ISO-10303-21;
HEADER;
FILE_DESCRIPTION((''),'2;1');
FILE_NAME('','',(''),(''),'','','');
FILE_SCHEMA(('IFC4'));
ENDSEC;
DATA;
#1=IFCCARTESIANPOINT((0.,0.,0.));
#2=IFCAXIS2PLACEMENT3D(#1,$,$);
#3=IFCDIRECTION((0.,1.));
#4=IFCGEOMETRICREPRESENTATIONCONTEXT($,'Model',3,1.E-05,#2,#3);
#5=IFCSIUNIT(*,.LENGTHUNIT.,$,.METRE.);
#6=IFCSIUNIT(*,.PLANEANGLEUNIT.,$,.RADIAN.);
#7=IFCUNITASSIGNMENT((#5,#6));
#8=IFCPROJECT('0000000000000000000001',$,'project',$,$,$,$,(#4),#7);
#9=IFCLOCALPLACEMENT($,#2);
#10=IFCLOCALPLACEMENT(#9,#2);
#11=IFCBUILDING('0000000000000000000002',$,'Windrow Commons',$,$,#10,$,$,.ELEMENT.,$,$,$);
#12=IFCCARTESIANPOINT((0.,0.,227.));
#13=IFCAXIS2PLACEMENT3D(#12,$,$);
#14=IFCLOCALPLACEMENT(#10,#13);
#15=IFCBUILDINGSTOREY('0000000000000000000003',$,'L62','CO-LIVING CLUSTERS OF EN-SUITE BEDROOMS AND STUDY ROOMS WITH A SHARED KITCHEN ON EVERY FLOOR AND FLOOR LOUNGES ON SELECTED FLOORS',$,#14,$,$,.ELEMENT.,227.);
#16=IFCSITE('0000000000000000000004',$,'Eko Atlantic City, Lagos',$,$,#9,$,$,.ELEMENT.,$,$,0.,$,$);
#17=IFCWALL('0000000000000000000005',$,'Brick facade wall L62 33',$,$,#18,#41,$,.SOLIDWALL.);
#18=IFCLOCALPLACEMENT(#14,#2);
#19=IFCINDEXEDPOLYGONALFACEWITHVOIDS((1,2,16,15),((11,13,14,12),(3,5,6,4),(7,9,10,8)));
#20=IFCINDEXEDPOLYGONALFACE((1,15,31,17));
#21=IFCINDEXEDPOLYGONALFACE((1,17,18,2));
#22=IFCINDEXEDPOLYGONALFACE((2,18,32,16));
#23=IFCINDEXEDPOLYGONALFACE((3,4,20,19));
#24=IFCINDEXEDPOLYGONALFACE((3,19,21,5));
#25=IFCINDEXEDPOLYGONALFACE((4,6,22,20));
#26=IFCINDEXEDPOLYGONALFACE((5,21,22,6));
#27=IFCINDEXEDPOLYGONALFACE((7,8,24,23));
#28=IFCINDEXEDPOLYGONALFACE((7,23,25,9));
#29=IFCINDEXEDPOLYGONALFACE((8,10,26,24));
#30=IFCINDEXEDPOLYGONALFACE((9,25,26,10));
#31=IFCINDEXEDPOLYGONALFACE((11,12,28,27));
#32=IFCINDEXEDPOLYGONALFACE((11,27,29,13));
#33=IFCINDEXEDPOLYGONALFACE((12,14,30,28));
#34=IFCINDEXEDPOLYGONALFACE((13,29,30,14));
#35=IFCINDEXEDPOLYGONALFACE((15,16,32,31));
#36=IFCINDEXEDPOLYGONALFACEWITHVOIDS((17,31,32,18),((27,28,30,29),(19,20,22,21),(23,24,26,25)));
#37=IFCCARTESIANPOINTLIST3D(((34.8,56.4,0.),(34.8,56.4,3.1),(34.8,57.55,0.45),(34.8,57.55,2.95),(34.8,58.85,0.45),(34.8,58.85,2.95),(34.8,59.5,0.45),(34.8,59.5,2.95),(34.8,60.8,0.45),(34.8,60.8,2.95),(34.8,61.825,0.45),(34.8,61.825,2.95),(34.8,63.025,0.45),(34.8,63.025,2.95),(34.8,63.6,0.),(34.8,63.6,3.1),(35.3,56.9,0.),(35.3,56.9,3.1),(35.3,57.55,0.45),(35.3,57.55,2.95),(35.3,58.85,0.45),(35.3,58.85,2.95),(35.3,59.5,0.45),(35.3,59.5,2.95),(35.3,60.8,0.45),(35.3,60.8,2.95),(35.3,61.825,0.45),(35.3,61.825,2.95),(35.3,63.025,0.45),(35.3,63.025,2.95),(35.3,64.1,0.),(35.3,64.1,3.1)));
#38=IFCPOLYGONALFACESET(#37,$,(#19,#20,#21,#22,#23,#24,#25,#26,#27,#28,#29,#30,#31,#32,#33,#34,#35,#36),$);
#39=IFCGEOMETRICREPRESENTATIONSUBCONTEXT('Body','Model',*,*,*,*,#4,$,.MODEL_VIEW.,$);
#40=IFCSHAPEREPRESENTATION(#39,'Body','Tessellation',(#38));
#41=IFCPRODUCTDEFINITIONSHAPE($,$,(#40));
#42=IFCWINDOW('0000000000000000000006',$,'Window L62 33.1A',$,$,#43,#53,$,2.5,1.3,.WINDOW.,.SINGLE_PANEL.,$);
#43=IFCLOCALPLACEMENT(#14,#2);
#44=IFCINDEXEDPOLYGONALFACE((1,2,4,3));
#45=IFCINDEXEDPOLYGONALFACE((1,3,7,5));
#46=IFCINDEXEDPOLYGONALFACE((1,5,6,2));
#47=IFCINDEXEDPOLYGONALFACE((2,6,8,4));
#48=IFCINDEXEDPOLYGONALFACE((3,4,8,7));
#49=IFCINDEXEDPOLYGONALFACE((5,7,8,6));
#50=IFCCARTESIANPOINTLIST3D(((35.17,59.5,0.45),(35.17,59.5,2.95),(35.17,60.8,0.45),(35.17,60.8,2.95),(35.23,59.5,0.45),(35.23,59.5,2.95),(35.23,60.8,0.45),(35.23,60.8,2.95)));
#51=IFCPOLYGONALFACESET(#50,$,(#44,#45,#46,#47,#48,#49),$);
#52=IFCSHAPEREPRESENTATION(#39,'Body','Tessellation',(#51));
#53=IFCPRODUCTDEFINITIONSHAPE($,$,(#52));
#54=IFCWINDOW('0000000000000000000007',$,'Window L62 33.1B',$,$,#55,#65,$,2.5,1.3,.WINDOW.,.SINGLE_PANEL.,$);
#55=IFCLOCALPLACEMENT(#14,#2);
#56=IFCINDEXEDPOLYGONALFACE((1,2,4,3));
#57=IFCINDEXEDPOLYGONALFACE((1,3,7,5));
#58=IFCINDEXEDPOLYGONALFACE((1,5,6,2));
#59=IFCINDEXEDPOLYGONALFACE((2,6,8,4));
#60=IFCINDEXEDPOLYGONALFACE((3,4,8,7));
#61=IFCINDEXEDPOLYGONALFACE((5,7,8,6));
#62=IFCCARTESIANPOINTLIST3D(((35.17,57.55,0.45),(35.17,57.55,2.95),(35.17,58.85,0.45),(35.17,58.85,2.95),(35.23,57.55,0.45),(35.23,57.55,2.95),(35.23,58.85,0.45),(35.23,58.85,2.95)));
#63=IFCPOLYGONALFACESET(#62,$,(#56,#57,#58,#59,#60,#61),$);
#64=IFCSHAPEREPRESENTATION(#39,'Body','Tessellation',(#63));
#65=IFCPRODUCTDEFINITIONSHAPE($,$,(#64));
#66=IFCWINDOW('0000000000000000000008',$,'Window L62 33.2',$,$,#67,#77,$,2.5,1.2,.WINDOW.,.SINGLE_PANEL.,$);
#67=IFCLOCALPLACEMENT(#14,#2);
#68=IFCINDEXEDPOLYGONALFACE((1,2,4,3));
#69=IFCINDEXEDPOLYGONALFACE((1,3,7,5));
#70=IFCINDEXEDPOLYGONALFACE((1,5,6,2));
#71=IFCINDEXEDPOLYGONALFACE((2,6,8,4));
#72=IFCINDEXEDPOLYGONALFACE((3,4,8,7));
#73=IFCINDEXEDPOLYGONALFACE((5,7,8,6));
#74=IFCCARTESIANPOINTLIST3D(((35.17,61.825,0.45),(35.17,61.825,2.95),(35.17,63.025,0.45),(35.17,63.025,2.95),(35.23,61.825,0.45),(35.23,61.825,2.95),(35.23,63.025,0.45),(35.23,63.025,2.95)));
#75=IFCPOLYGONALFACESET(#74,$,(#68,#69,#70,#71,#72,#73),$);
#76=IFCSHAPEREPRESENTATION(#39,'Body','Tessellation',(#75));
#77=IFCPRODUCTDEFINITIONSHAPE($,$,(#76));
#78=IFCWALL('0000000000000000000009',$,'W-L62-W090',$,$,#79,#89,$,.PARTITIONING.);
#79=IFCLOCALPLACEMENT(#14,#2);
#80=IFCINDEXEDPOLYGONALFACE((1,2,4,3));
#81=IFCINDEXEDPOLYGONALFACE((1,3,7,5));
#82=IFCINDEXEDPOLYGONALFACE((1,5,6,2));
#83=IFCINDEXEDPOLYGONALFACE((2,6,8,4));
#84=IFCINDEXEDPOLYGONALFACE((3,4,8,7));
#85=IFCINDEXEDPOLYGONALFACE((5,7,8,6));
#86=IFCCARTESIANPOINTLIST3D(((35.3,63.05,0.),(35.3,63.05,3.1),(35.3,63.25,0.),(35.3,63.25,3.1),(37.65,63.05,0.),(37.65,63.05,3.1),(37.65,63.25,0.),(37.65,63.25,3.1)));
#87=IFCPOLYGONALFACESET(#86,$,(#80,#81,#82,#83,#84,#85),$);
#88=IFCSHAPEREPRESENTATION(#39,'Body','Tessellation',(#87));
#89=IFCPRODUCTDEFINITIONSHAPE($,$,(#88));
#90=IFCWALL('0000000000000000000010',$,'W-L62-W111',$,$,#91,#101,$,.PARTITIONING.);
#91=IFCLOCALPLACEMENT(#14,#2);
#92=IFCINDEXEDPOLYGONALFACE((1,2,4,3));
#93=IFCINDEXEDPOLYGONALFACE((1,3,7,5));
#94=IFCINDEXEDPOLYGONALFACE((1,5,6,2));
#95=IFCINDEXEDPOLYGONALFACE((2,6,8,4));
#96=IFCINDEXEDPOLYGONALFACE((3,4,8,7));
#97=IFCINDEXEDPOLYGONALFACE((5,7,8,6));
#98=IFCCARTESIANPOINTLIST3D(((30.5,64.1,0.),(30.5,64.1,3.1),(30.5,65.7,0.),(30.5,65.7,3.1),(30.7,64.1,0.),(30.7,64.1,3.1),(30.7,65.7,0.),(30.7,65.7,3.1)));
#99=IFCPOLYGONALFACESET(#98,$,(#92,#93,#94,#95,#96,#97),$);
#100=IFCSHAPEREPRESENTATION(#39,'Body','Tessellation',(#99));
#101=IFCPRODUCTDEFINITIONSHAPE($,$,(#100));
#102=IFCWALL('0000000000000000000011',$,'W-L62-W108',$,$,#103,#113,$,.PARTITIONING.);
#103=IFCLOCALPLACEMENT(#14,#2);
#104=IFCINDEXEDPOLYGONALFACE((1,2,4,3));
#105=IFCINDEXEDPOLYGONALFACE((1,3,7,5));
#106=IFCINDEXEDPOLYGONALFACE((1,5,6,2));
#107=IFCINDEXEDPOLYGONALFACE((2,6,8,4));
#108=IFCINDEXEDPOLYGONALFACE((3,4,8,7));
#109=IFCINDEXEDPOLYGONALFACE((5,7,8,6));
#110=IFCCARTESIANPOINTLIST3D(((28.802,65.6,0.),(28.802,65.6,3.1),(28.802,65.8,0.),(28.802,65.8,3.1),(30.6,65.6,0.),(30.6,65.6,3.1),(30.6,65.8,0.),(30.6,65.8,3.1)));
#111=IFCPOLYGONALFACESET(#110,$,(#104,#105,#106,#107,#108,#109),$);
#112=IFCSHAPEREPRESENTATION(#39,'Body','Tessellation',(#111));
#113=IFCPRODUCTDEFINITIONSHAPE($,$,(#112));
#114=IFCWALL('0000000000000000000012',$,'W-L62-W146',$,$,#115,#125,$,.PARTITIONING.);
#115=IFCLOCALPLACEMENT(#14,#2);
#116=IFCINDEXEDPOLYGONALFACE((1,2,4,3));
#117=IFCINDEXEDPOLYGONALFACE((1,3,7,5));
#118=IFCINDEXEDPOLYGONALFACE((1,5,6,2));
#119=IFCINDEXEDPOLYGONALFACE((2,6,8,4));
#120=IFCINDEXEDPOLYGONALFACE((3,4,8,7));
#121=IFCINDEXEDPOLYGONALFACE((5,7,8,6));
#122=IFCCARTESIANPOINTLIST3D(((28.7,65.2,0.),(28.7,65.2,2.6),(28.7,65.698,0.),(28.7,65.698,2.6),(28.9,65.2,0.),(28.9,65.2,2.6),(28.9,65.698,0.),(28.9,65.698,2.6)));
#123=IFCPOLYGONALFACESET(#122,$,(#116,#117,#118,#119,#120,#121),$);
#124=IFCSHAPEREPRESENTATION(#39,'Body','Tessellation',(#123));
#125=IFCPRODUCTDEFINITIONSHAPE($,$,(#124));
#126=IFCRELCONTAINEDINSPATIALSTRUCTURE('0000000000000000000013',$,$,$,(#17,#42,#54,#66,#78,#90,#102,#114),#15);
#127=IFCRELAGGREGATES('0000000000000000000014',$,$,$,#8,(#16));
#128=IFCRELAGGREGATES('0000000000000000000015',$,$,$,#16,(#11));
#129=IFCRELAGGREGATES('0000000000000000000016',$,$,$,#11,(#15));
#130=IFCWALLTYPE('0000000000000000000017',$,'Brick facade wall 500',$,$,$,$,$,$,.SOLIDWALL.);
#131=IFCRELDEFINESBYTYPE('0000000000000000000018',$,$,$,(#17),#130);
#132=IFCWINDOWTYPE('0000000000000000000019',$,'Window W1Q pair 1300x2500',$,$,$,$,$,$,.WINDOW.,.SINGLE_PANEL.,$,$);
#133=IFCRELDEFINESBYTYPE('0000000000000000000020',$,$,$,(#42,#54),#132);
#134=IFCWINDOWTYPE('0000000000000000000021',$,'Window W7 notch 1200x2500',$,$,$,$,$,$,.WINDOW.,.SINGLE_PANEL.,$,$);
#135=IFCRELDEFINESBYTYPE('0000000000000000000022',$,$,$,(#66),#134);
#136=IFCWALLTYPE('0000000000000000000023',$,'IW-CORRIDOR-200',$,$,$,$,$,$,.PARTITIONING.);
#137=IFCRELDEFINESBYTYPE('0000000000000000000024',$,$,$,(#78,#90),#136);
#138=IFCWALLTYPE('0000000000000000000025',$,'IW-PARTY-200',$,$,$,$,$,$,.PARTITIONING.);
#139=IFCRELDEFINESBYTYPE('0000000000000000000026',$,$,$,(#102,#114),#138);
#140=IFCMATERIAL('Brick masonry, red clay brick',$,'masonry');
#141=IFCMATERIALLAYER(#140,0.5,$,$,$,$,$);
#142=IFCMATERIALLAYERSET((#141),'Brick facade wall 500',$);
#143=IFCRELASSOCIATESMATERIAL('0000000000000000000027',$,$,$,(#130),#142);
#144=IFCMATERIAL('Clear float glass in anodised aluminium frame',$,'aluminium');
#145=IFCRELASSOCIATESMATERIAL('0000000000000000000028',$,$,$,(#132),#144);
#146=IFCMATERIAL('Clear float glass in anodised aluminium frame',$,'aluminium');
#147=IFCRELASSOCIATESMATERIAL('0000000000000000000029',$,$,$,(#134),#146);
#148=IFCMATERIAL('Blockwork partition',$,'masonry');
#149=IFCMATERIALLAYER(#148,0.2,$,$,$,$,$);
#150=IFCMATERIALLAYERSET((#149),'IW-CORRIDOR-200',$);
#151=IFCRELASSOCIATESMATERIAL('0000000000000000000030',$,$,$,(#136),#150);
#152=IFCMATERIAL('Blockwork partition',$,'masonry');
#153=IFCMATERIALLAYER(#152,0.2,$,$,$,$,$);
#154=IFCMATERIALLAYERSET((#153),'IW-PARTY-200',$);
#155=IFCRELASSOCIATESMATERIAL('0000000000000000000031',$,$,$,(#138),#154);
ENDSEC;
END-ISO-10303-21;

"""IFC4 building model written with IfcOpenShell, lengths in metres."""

from ifc_helpers import new_model, si_unit, direction, frame, frame_2d, origin, place, context, subcontext, project, spatial, polyline, rectangle, outline, extrude, material, layer, layer_set, type_object, element, fill, save


model = new_model("IFC4")

# Units and contexts
model_context = context("Model", 3, precision=1e-05, world=origin(), true_north=direction((0.0, 1.0)))
body_context = subcontext(model_context, "Body", "Model", "MODEL_VIEW")
ifc_project = project(units=[si_unit("LENGTHUNIT", "METRE"), si_unit("PLANEANGLEUNIT", "RADIAN")], contexts=[model_context])

# Site, building, storey
site_placement = place(None, origin())
site = spatial("IfcSite", under=ifc_project, at=site_placement, Name="Eko Atlantic City, Lagos", CompositionType="ELEMENT", RefElevation=0.0)
building_placement = place(site_placement, origin())
building = spatial("IfcBuilding", under=site, at=building_placement, Name="Windrow Commons", CompositionType="ELEMENT")
storey_placement = place(building_placement, frame((0.0, 0.0, 227.0)))
storey = spatial("IfcBuildingStorey", under=building, at=storey_placement, Name="L62", Description="CO-LIVING CLUSTERS OF EN-SUITE BEDROOMS AND STUDY ROOMS WITH A SHARED KITCHEN ON EVERY FLOOR AND FLOOR LOUNGES ON SELECTED FLOORS", CompositionType="ELEMENT", Elevation=227.0)

# Wall, openings, windows
ifc_material_1 = material(Name="Brick masonry, red clay brick", Category="masonry")
ifc_layer_1 = layer(ifc_material_1, 0.5)
ifc_layer_set_1 = layer_set([ifc_layer_1], Name="Brick facade wall 500")
wall_type_1 = type_object("IfcWallType", Name="Brick facade wall 500", PredefinedType="SOLIDWALL", material=ifc_layer_set_1)
ifc_material_2 = material(Name="Clear float glass in anodised aluminium frame", Category="aluminium")
window_type_1 = type_object("IfcWindowType", Name="Window W1Q pair 1300x2500", PartitioningType="SINGLE_PANEL", PredefinedType="WINDOW", material=ifc_material_2)
ifc_material_3 = material(Name="Clear float glass in anodised aluminium frame", Category="aluminium")
window_type_2 = type_object("IfcWindowType", Name="Window W7 notch 1200x2500", PartitioningType="SINGLE_PANEL", PredefinedType="WINDOW", material=ifc_material_3)
wall_1_placement = place(storey_placement, frame((35.05, 63.85, 0.0), z_axis=(0.0, 0.0, 1.0), x_axis=(0.0, -1.0, 0.0)))
wall_1 = element("IfcWall", 1, at=wall_1_placement, inside=storey, type_object=wall_type_1, Name="Brick facade wall L62 33", PredefinedType="SOLIDWALL", context=body_context, shape_type="SweptSolid", body=[
    extrude(outline(polyline([(0.25, -0.25), (7.45, -0.25), (6.95, 0.25), (-0.25, 0.25), (0.25, -0.25)])), origin(), (0.0, 0.0, 1.0), 3.1),
])
opening_1_placement = place(wall_1_placement, frame((3.05, 0.0, 0.45)))
opening_1 = element("IfcOpeningElement", 2, at=opening_1_placement, cuts=wall_1, PredefinedType="OPENING", context=body_context, shape_type="SweptSolid", body=[
    extrude(rectangle(XDim=1.3, YDim=2.5, at=frame_2d((0.65, 1.25))), frame((0.0, 0.26, 0.0), z_axis=(0.0, -1.0, 0.0), x_axis=(1.0, 0.0, 0.0)), (0.0, 0.0, 1.0), 0.52),
])
opening_2_placement = place(wall_1_placement, frame((5.0, 0.0, 0.45)))
opening_2 = element("IfcOpeningElement", 3, at=opening_2_placement, cuts=wall_1, PredefinedType="OPENING", context=body_context, shape_type="SweptSolid", body=[
    extrude(rectangle(XDim=1.3, YDim=2.5, at=frame_2d((0.65, 1.25))), frame((0.0, 0.26, 0.0), z_axis=(0.0, -1.0, 0.0), x_axis=(1.0, 0.0, 0.0)), (0.0, 0.0, 1.0), 0.52),
])
opening_3_placement = place(wall_1_placement, frame((0.825, 0.0, 0.45)))
opening_3 = element("IfcOpeningElement", 4, at=opening_3_placement, cuts=wall_1, PredefinedType="OPENING", context=body_context, shape_type="SweptSolid", body=[
    extrude(rectangle(XDim=1.2, YDim=2.5, at=frame_2d((0.6, 1.25))), frame((0.0, 0.26, 0.0), z_axis=(0.0, -1.0, 0.0), x_axis=(1.0, 0.0, 0.0)), (0.0, 0.0, 1.0), 0.52),
])
window_1_placement = place(opening_1_placement, origin())
window_1 = element("IfcWindow", 5, at=window_1_placement, inside=storey, type_object=window_type_1, Name="Window L62 33.1A", OverallHeight=2.5, OverallWidth=1.3, PartitioningType="SINGLE_PANEL", PredefinedType="WINDOW", context=body_context, shape_type="SweptSolid", body=[
    extrude(rectangle(XDim=1.3, YDim=2.5, at=frame_2d((0.65, 1.25))), frame((0.0, 0.18, 0.0), z_axis=(0.0, -1.0, 0.0), x_axis=(1.0, 0.0, 0.0)), (0.0, 0.0, 1.0), 0.06),
])
fill(opening_1, window_1)
window_2_placement = place(opening_2_placement, origin())
window_2 = element("IfcWindow", 6, at=window_2_placement, inside=storey, type_object=window_type_1, Name="Window L62 33.1B", OverallHeight=2.5, OverallWidth=1.3, PartitioningType="SINGLE_PANEL", PredefinedType="WINDOW", context=body_context, shape_type="SweptSolid", body=[
    extrude(rectangle(XDim=1.3, YDim=2.5, at=frame_2d((0.65, 1.25))), frame((0.0, 0.18, 0.0), z_axis=(0.0, -1.0, 0.0), x_axis=(1.0, 0.0, 0.0)), (0.0, 0.0, 1.0), 0.06),
])
fill(opening_2, window_2)
window_3_placement = place(opening_3_placement, origin())
window_3 = element("IfcWindow", 7, at=window_3_placement, inside=storey, type_object=window_type_2, Name="Window L62 33.2", OverallHeight=2.5, OverallWidth=1.2, PartitioningType="SINGLE_PANEL", PredefinedType="WINDOW", context=body_context, shape_type="SweptSolid", body=[
    extrude(rectangle(XDim=1.2, YDim=2.5, at=frame_2d((0.6, 1.25))), frame((0.0, 0.18, 0.0), z_axis=(0.0, -1.0, 0.0), x_axis=(1.0, 0.0, 0.0)), (0.0, 0.0, 1.0), 0.06),
])
fill(opening_3, window_3)

# Walls
ifc_material_4 = material(Name="Blockwork partition", Category="masonry")
ifc_layer_2 = layer(ifc_material_4, 0.2)
ifc_layer_set_2 = layer_set([ifc_layer_2], Name="IW-CORRIDOR-200")
wall_type_2 = type_object("IfcWallType", Name="IW-CORRIDOR-200", PredefinedType="PARTITIONING", material=ifc_layer_set_2)
wall_2_placement = place(storey_placement, frame((35.3, 63.15, 0.0), z_axis=(0.0, 0.0, 1.0), x_axis=(1.0, 0.0, 0.0)))
element("IfcWall", 8, at=wall_2_placement, inside=storey, type_object=wall_type_2, Name="W-L62-W090", PredefinedType="PARTITIONING", context=body_context, shape_type="SweptSolid", body=[
    extrude(rectangle(XDim=2.35, YDim=0.2, at=frame_2d((1.175, 0.0))), origin(), (0.0, 0.0, 1.0), 3.1),
])
wall_3_placement = place(storey_placement, frame((30.6, 64.1, 0.0), z_axis=(0.0, 0.0, 1.0), x_axis=(0.0, 1.0, 0.0)))
element("IfcWall", 9, at=wall_3_placement, inside=storey, type_object=wall_type_2, Name="W-L62-W111", PredefinedType="PARTITIONING", context=body_context, shape_type="SweptSolid", body=[
    extrude(rectangle(XDim=1.6, YDim=0.2, at=frame_2d((0.8, 0.0))), origin(), (0.0, 0.0, 1.0), 3.1),
])
ifc_material_5 = material(Name="Blockwork partition", Category="masonry")
ifc_layer_3 = layer(ifc_material_5, 0.2)
ifc_layer_set_3 = layer_set([ifc_layer_3], Name="IW-PARTY-200")
wall_type_3 = type_object("IfcWallType", Name="IW-PARTY-200", PredefinedType="PARTITIONING", material=ifc_layer_set_3)
wall_4_placement = place(storey_placement, frame((28.802, 65.7, 0.0), z_axis=(0.0, 0.0, 1.0), x_axis=(1.0, 0.0, 0.0)))
element("IfcWall", 10, at=wall_4_placement, inside=storey, type_object=wall_type_3, Name="W-L62-W108", PredefinedType="PARTITIONING", context=body_context, shape_type="SweptSolid", body=[
    extrude(rectangle(XDim=1.798, YDim=0.2, at=frame_2d((0.899, 0.0))), origin(), (0.0, 0.0, 1.0), 3.1),
])
wall_5_placement = place(storey_placement, frame((28.8, 65.2, 0.0), z_axis=(0.0, 0.0, 1.0), x_axis=(0.0, 1.0, 0.0)))
element("IfcWall", 11, at=wall_5_placement, inside=storey, type_object=wall_type_3, Name="W-L62-W146", PredefinedType="PARTITIONING", context=body_context, shape_type="SweptSolid", body=[
    extrude(rectangle(XDim=0.498, YDim=0.2, at=frame_2d((0.249, 0.0))), origin(), (0.0, 0.0, 1.0), 2.6),
])

save(model, "model.ifc")
